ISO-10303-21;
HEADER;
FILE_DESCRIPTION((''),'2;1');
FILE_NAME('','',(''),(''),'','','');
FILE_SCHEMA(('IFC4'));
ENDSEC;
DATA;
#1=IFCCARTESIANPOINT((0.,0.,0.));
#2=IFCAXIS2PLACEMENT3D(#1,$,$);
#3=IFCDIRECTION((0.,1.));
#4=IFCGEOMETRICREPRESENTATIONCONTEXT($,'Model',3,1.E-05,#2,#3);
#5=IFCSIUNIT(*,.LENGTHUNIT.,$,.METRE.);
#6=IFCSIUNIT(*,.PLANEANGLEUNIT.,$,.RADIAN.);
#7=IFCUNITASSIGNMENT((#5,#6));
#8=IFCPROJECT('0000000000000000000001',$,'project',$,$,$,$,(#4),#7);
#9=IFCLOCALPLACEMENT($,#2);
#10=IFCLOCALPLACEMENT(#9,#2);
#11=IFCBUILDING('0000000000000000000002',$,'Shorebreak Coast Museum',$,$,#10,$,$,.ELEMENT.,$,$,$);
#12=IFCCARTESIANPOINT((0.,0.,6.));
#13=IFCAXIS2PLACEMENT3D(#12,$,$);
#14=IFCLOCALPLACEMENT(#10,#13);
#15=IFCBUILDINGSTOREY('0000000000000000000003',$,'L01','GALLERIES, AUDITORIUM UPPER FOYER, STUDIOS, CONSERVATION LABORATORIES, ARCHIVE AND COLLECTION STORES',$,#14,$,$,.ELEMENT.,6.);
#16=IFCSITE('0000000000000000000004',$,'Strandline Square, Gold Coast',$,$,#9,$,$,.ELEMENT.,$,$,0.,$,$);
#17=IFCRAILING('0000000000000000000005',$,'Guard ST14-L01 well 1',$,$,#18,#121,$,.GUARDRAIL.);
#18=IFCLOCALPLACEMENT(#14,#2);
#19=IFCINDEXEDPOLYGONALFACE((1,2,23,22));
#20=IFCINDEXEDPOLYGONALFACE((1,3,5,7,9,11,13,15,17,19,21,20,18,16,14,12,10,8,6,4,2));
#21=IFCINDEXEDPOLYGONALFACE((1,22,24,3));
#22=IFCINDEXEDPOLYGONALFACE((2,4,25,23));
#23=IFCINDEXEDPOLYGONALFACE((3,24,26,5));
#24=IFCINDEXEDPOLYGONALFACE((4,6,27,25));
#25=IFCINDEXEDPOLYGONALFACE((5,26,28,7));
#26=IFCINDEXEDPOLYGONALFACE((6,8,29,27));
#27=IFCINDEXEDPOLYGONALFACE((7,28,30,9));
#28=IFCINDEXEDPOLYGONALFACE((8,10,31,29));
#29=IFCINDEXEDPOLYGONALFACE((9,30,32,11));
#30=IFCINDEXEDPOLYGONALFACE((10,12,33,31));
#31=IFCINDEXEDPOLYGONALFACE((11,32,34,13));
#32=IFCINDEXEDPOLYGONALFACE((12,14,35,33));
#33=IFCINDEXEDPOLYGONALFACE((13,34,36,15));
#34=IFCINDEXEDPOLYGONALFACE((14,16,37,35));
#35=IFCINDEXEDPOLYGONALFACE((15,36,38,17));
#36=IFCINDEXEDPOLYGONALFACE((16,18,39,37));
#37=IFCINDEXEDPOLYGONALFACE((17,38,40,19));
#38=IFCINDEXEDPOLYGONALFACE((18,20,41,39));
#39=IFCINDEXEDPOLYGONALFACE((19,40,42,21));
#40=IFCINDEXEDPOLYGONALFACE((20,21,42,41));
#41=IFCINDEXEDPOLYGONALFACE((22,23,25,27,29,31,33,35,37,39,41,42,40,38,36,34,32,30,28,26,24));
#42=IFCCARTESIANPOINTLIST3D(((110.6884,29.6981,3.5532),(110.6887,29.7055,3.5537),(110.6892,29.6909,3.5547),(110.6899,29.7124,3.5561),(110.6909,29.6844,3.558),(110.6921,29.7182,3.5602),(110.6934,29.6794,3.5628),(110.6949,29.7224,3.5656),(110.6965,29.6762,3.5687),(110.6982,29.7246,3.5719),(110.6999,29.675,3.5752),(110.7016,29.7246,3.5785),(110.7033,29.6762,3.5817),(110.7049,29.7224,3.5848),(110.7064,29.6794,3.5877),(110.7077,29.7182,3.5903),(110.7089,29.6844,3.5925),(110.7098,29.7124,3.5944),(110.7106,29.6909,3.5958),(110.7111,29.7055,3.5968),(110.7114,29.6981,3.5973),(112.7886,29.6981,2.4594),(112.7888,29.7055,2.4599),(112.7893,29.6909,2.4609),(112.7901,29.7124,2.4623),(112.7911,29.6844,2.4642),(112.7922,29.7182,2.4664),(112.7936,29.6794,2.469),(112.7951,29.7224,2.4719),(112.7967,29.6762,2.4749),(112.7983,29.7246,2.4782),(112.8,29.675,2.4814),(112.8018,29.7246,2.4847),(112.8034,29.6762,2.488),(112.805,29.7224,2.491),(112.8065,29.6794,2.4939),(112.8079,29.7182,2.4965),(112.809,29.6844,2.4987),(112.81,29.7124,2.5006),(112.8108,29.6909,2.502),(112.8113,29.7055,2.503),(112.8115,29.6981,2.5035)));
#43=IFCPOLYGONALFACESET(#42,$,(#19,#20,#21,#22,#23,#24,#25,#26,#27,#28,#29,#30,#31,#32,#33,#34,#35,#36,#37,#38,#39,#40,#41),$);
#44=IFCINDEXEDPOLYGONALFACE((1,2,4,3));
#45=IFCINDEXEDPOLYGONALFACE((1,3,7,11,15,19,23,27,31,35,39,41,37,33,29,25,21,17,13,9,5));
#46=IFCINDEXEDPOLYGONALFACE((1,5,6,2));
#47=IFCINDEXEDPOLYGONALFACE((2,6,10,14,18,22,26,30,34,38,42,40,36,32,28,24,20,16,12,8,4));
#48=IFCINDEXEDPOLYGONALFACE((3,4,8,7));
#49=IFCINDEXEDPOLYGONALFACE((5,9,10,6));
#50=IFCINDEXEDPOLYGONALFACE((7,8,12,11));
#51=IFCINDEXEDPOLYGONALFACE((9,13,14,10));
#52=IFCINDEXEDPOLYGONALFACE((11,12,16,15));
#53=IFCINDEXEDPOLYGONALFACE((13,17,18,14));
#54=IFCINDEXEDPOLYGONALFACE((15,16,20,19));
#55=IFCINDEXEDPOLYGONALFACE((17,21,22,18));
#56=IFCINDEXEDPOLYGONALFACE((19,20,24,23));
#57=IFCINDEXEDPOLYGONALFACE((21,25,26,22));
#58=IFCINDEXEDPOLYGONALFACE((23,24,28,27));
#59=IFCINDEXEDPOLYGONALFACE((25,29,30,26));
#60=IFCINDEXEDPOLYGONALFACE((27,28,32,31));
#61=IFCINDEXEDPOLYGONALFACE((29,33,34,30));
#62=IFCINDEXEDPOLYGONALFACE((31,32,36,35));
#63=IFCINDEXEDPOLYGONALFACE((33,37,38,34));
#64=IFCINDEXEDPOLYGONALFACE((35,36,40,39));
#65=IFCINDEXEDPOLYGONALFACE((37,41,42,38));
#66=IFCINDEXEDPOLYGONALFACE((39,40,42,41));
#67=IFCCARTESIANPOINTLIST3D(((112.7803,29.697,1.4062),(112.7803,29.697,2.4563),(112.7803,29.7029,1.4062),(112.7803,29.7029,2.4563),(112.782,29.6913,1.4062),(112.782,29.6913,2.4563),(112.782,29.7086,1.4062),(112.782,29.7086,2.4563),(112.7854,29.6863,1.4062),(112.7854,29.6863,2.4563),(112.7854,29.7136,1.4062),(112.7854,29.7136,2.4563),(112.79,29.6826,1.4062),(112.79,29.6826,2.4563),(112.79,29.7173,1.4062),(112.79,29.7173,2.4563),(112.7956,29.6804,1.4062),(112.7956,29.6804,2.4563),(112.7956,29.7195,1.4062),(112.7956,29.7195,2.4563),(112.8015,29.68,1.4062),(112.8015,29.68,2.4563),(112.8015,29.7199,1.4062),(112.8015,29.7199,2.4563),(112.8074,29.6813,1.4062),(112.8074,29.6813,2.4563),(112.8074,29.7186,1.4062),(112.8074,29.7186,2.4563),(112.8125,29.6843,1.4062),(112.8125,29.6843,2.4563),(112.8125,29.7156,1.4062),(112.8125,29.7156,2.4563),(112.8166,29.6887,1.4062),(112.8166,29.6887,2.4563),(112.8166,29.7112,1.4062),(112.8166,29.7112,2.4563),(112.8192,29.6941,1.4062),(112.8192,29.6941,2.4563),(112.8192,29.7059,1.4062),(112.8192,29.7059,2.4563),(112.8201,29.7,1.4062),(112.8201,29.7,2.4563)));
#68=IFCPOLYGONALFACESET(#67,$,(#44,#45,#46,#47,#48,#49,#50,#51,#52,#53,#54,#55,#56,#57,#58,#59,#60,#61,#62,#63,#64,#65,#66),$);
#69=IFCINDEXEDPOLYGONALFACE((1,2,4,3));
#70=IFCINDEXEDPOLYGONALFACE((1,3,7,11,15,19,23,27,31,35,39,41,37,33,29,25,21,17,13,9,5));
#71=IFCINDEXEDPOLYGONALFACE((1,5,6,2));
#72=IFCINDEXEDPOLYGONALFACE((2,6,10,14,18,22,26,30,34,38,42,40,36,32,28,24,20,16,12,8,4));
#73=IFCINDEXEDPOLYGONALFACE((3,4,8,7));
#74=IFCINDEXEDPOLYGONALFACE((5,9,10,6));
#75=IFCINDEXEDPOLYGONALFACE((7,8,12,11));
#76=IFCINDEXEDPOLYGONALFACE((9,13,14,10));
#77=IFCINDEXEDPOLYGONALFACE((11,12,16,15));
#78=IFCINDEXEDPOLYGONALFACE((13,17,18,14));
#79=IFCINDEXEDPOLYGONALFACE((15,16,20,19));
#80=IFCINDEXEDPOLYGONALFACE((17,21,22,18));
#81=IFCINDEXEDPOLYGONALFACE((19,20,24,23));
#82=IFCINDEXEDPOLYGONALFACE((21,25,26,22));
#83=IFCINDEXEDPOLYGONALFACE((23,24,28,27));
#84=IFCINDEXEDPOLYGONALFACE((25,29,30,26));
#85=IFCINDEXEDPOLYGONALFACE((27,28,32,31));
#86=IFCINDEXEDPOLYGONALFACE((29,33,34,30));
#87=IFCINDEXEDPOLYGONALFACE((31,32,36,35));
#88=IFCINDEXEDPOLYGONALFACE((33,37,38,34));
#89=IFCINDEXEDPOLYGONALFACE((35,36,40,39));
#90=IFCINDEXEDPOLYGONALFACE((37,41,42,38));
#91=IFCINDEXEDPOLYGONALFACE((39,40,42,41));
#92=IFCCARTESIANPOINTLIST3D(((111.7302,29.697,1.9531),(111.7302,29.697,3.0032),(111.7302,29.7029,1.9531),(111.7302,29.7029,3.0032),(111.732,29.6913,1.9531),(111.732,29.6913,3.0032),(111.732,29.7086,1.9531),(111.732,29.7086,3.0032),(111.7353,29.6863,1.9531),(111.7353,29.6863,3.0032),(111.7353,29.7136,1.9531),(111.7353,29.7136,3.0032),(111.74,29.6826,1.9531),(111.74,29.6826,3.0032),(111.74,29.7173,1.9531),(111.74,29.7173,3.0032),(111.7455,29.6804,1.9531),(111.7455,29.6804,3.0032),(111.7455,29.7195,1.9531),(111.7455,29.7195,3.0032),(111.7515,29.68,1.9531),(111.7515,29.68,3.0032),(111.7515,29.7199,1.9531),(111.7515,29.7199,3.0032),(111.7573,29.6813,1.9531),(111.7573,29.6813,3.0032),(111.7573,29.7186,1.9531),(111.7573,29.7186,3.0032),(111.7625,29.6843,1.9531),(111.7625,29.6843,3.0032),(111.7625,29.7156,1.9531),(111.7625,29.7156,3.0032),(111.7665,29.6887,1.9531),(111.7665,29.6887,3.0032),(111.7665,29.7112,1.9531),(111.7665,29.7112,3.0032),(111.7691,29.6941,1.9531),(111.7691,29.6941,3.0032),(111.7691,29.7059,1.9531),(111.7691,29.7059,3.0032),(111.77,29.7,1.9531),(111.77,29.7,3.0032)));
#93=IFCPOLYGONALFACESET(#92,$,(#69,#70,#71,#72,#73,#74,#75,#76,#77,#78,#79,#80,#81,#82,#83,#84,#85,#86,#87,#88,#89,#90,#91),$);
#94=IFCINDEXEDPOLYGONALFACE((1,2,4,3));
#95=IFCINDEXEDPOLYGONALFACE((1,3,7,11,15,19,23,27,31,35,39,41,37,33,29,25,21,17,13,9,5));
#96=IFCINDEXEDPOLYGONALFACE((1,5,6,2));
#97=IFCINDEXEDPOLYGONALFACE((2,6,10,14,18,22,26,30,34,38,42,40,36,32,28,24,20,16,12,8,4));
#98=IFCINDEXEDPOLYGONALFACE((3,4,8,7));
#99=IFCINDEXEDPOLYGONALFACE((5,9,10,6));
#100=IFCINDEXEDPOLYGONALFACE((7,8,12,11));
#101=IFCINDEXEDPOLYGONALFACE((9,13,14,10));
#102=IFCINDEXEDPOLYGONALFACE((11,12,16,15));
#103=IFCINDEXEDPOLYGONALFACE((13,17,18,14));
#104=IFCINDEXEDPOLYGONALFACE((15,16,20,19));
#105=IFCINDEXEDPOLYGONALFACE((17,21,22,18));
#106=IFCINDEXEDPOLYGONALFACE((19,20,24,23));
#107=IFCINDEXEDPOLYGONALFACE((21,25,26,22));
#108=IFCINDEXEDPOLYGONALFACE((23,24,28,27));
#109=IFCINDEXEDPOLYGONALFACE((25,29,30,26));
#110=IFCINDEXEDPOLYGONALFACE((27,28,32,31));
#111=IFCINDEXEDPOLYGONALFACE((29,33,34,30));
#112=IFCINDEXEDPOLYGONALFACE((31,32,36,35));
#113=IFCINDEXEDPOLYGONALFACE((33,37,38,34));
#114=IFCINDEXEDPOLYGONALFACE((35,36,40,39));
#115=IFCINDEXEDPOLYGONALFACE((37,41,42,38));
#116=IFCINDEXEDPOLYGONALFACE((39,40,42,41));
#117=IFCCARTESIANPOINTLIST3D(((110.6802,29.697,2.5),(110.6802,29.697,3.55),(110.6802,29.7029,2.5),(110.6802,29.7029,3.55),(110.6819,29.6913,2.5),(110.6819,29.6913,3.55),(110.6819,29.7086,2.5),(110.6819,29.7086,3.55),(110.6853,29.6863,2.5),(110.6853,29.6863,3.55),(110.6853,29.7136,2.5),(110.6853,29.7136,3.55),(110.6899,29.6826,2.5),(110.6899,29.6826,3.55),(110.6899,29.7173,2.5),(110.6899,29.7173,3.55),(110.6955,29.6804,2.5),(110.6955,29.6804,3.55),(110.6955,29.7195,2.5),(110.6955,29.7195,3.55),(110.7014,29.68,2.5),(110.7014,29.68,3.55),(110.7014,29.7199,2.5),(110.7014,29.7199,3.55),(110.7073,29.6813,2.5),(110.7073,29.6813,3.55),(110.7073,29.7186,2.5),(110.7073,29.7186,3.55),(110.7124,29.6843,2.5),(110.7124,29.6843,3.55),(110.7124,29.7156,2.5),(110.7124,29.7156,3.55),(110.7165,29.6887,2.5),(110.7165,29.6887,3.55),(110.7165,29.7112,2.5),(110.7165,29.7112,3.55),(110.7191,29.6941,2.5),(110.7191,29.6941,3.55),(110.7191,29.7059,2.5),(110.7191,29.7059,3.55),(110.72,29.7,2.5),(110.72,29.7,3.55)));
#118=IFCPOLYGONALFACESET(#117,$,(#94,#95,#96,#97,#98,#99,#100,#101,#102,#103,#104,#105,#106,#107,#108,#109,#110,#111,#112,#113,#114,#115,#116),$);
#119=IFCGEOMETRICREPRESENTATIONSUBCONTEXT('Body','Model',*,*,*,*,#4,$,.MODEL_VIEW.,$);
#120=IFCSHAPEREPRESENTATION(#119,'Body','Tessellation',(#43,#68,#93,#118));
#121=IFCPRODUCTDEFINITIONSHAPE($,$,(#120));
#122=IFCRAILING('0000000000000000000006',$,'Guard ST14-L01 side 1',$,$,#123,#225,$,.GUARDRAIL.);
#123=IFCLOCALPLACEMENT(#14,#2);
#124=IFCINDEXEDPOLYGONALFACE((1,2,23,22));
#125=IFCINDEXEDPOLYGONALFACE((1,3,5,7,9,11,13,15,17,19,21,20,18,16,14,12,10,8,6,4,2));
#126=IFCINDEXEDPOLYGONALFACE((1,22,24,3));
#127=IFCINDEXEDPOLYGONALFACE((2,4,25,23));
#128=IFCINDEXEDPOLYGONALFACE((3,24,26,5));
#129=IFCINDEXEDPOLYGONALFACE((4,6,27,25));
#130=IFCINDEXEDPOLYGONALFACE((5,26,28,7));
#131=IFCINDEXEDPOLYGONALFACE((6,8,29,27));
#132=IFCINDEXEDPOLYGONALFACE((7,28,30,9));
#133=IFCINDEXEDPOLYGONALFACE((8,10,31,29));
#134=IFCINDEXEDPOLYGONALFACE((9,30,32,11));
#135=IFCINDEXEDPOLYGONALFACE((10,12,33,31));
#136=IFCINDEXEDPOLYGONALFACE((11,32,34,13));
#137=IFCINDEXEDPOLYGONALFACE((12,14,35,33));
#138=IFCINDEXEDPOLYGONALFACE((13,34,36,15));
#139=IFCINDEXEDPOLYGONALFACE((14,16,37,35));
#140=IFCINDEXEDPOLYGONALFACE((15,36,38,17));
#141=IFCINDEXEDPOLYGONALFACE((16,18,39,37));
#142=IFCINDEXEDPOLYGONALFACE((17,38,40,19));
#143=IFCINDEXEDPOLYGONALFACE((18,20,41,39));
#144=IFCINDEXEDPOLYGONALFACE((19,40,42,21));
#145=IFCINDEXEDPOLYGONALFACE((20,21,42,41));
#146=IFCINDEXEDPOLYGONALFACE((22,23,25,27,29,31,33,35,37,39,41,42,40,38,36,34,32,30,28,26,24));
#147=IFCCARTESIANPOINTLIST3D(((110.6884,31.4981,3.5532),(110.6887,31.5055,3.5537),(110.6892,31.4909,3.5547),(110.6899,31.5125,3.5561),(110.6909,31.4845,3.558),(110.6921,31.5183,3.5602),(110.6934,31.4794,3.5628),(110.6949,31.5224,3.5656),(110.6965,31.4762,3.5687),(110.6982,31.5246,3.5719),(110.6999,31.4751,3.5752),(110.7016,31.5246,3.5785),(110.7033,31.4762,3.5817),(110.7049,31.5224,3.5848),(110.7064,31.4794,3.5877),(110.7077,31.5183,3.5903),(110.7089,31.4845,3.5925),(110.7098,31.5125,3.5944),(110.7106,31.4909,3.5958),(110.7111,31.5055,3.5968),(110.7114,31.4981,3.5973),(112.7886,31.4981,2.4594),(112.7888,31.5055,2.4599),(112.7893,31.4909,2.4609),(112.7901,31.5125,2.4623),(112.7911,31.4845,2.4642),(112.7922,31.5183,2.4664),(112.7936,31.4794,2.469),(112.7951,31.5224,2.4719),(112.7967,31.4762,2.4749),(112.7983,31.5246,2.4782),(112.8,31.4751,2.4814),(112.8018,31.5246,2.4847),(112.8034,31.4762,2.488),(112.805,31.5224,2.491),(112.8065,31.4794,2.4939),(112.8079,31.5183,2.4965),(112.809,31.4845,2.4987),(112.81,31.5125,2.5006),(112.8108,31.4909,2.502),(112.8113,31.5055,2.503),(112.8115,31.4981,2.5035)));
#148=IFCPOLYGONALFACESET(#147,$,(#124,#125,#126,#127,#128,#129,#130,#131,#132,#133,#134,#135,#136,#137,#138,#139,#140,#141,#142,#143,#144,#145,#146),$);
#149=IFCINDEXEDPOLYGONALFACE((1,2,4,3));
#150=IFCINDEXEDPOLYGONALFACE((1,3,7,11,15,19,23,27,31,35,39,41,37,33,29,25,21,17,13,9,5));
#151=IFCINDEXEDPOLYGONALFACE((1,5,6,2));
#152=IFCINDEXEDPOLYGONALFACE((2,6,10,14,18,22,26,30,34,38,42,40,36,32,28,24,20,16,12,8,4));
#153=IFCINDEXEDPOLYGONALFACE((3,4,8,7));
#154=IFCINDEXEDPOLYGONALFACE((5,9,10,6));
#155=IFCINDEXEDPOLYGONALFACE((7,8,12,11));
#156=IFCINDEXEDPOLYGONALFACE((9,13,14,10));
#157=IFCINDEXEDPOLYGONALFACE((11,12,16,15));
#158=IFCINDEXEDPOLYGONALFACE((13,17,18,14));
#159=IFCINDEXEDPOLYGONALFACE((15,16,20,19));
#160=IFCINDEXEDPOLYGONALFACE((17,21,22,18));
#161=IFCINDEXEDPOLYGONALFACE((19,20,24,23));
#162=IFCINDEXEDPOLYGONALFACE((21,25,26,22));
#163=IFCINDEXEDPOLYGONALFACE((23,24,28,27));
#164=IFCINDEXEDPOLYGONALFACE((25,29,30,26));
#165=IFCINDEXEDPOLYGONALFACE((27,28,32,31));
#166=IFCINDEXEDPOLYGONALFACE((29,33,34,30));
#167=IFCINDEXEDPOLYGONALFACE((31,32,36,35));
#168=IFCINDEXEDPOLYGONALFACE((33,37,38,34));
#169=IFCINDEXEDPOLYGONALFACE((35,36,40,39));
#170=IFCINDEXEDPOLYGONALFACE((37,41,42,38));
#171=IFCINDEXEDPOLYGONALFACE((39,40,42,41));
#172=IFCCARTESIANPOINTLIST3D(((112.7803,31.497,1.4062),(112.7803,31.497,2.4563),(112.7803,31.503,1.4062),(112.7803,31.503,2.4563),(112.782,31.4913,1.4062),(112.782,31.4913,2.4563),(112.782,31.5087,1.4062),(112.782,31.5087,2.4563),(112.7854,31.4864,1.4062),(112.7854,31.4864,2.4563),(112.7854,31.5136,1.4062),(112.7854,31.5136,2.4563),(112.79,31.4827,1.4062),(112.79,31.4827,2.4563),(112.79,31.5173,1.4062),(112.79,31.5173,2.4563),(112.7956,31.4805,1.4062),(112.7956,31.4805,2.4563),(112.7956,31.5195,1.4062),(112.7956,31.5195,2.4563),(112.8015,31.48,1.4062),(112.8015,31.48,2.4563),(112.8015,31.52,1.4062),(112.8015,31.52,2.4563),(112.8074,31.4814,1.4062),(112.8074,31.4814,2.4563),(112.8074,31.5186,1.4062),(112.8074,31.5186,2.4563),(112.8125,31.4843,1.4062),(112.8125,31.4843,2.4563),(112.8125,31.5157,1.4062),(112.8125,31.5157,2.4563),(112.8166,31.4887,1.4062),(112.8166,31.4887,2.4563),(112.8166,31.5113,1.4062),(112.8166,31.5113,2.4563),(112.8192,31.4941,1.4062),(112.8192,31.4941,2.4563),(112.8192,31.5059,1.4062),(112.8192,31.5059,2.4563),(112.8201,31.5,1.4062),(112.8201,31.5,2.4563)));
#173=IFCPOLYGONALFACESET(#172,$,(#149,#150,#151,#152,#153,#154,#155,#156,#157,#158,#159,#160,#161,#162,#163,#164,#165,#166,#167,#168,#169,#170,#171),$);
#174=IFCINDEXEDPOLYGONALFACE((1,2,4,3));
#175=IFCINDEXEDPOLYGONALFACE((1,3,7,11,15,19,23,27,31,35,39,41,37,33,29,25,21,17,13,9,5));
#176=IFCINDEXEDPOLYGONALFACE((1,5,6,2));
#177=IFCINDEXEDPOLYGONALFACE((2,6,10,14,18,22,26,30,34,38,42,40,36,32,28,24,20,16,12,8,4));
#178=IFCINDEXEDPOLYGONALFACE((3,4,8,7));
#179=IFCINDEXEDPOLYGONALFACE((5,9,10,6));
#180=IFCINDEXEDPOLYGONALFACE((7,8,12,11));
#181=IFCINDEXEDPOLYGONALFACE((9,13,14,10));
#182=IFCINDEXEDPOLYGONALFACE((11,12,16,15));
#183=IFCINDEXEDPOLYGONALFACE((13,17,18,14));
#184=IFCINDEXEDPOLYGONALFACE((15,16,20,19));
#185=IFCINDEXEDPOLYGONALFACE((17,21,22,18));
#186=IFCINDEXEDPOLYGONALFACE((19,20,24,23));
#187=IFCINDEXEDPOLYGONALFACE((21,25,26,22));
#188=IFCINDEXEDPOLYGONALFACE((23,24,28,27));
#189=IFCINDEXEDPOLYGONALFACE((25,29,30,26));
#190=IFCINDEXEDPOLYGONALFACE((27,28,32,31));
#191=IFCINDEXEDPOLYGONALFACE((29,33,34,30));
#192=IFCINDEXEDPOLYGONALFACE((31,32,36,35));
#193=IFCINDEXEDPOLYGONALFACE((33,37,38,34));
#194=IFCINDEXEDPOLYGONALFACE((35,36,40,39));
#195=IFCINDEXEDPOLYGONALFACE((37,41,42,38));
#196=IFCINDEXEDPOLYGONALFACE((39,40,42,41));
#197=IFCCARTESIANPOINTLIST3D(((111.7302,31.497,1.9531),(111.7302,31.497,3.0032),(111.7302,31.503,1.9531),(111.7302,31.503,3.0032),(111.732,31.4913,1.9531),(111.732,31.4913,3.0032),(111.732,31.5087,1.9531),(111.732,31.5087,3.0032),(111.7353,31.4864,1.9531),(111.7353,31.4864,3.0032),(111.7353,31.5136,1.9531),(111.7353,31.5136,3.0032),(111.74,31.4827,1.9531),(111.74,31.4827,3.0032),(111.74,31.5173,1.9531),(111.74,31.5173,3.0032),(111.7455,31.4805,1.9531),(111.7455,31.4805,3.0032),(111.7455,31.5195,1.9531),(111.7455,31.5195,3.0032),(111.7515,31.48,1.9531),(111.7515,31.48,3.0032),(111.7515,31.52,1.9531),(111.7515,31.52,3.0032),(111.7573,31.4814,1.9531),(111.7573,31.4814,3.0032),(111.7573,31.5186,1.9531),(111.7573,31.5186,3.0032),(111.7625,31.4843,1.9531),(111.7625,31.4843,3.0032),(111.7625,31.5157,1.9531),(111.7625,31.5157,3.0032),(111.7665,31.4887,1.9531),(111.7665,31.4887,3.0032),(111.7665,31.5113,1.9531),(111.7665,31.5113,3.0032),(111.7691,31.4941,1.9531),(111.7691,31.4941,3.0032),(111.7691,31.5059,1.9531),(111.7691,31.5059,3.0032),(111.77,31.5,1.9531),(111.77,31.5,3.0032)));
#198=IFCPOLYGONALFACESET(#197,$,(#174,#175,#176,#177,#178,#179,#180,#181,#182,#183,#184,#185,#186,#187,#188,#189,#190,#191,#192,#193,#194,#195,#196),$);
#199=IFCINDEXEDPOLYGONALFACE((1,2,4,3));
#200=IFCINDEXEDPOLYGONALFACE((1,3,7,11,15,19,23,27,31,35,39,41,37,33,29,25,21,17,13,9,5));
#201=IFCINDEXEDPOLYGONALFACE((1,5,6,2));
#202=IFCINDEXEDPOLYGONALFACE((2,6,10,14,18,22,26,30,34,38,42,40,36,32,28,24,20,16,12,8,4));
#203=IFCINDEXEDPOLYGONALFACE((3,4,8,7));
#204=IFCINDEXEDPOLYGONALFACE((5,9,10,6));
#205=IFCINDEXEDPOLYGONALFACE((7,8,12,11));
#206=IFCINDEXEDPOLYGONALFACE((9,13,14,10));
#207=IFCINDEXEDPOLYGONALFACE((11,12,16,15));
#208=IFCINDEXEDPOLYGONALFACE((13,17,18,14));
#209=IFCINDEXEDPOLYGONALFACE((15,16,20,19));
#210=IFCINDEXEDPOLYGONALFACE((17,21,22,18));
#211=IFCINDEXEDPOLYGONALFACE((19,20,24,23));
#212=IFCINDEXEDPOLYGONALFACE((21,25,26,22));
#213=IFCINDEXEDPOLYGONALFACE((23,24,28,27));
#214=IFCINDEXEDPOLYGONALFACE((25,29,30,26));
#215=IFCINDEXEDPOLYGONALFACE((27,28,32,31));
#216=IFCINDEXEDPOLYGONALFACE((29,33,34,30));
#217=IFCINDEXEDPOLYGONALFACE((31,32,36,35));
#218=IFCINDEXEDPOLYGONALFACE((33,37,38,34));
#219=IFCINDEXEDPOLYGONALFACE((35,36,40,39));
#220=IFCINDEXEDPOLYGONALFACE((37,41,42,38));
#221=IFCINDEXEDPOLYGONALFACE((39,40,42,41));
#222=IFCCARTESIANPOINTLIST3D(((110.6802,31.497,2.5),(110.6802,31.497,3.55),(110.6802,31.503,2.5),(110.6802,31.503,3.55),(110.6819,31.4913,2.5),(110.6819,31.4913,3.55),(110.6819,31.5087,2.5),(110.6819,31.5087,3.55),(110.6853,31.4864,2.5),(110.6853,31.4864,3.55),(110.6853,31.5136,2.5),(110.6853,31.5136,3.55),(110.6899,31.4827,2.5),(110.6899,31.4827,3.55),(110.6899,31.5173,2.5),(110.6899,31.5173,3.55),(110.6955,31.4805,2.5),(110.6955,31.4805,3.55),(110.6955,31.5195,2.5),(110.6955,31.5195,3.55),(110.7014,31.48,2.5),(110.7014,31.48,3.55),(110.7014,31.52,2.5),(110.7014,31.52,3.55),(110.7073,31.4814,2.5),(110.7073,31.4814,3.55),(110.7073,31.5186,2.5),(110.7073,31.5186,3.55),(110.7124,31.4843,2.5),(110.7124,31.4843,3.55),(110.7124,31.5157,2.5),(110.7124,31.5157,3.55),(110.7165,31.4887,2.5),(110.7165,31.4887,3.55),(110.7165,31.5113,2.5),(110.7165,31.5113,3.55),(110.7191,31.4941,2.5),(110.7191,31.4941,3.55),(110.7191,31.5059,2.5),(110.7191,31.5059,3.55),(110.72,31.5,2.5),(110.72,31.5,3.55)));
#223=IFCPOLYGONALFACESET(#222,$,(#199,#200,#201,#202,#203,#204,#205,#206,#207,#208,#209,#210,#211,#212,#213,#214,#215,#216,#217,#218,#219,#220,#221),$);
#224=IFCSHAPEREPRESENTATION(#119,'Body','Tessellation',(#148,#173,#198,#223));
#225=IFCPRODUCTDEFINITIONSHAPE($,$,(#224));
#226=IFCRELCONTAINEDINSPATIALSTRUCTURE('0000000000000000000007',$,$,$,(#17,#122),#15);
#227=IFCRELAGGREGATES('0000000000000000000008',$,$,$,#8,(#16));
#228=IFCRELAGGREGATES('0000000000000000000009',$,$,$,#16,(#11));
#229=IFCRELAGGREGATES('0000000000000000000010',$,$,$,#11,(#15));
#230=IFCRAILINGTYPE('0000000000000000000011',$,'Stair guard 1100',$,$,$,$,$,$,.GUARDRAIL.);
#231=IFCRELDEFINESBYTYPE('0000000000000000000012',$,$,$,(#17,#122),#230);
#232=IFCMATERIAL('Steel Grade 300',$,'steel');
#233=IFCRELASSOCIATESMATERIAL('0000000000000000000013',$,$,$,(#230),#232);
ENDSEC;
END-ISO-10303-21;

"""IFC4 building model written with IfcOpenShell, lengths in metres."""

from ifc_helpers import new_model, si_unit, direction, frame, origin, origin_2d, place, context, subcontext, project, spatial, circle, extrude, material, type_object, element, save


model = new_model("IFC4")

# Units and contexts
model_context = context("Model", 3, precision=1e-05, world=origin(), true_north=direction((0.0, 1.0)))
body_context = subcontext(model_context, "Body", "Model", "MODEL_VIEW")
ifc_project = project(units=[si_unit("LENGTHUNIT", "METRE"), si_unit("PLANEANGLEUNIT", "RADIAN")], contexts=[model_context])

# Site, building, storey
site_placement = place(None, origin())
site = spatial("IfcSite", under=ifc_project, at=site_placement, Name="Strandline Square, Gold Coast", CompositionType="ELEMENT", RefElevation=0.0)
building_placement = place(site_placement, origin())
building = spatial("IfcBuilding", under=site, at=building_placement, Name="Shorebreak Coast Museum", CompositionType="ELEMENT")
storey_placement = place(building_placement, frame((0.0, 0.0, 6.0)))
storey = spatial("IfcBuildingStorey", under=building, at=storey_placement, Name="L01", Description="GALLERIES, AUDITORIUM UPPER FOYER, STUDIOS, CONSERVATION LABORATORIES, ARCHIVE AND COLLECTION STORES", CompositionType="ELEMENT", Elevation=6.0)

# Railings
ifc_material_1 = material(Name="Steel Grade 300", Category="steel")
railing_type_1 = type_object("IfcRailingType", Name="Stair guard 1100", PredefinedType="GUARDRAIL", material=ifc_material_1)
for number, where, name in (
    (1, (112.8, 29.7, 1.4062), "Guard ST14-L01 well 1"),
    (2, (112.8, 31.5, 1.4062), "Guard ST14-L01 side 1"),
):
    element("IfcRailing", number, at=place(storey_placement, frame(where)), inside=storey, type_object=railing_type_1, Name=name, PredefinedType="GUARDRAIL", context=body_context, shape_type="SweptSolid", body=[
        extrude(circle(Radius=0.0249, at=origin_2d()), frame((0.0, 0.0, 1.0752), z_axis=(-0.886923, 0.0, 0.461918), x_axis=(0.0, -1.0, 0.0)), (0.0, 0.0, 1.0), 2.3679),
        extrude(circle(Radius=0.02, at=origin_2d()), origin(), (0.0, 0.0, 1.0), 1.05),
        extrude(circle(Radius=0.02, at=origin_2d()), frame((-1.05, 0.0, 0.5469)), (0.0, 0.0, 1.0), 1.05),
        extrude(circle(Radius=0.02, at=origin_2d()), frame((-2.1001, 0.0, 1.0938)), (0.0, 0.0, 1.0), 1.05),
    ])

save(model, "model.ifc")
